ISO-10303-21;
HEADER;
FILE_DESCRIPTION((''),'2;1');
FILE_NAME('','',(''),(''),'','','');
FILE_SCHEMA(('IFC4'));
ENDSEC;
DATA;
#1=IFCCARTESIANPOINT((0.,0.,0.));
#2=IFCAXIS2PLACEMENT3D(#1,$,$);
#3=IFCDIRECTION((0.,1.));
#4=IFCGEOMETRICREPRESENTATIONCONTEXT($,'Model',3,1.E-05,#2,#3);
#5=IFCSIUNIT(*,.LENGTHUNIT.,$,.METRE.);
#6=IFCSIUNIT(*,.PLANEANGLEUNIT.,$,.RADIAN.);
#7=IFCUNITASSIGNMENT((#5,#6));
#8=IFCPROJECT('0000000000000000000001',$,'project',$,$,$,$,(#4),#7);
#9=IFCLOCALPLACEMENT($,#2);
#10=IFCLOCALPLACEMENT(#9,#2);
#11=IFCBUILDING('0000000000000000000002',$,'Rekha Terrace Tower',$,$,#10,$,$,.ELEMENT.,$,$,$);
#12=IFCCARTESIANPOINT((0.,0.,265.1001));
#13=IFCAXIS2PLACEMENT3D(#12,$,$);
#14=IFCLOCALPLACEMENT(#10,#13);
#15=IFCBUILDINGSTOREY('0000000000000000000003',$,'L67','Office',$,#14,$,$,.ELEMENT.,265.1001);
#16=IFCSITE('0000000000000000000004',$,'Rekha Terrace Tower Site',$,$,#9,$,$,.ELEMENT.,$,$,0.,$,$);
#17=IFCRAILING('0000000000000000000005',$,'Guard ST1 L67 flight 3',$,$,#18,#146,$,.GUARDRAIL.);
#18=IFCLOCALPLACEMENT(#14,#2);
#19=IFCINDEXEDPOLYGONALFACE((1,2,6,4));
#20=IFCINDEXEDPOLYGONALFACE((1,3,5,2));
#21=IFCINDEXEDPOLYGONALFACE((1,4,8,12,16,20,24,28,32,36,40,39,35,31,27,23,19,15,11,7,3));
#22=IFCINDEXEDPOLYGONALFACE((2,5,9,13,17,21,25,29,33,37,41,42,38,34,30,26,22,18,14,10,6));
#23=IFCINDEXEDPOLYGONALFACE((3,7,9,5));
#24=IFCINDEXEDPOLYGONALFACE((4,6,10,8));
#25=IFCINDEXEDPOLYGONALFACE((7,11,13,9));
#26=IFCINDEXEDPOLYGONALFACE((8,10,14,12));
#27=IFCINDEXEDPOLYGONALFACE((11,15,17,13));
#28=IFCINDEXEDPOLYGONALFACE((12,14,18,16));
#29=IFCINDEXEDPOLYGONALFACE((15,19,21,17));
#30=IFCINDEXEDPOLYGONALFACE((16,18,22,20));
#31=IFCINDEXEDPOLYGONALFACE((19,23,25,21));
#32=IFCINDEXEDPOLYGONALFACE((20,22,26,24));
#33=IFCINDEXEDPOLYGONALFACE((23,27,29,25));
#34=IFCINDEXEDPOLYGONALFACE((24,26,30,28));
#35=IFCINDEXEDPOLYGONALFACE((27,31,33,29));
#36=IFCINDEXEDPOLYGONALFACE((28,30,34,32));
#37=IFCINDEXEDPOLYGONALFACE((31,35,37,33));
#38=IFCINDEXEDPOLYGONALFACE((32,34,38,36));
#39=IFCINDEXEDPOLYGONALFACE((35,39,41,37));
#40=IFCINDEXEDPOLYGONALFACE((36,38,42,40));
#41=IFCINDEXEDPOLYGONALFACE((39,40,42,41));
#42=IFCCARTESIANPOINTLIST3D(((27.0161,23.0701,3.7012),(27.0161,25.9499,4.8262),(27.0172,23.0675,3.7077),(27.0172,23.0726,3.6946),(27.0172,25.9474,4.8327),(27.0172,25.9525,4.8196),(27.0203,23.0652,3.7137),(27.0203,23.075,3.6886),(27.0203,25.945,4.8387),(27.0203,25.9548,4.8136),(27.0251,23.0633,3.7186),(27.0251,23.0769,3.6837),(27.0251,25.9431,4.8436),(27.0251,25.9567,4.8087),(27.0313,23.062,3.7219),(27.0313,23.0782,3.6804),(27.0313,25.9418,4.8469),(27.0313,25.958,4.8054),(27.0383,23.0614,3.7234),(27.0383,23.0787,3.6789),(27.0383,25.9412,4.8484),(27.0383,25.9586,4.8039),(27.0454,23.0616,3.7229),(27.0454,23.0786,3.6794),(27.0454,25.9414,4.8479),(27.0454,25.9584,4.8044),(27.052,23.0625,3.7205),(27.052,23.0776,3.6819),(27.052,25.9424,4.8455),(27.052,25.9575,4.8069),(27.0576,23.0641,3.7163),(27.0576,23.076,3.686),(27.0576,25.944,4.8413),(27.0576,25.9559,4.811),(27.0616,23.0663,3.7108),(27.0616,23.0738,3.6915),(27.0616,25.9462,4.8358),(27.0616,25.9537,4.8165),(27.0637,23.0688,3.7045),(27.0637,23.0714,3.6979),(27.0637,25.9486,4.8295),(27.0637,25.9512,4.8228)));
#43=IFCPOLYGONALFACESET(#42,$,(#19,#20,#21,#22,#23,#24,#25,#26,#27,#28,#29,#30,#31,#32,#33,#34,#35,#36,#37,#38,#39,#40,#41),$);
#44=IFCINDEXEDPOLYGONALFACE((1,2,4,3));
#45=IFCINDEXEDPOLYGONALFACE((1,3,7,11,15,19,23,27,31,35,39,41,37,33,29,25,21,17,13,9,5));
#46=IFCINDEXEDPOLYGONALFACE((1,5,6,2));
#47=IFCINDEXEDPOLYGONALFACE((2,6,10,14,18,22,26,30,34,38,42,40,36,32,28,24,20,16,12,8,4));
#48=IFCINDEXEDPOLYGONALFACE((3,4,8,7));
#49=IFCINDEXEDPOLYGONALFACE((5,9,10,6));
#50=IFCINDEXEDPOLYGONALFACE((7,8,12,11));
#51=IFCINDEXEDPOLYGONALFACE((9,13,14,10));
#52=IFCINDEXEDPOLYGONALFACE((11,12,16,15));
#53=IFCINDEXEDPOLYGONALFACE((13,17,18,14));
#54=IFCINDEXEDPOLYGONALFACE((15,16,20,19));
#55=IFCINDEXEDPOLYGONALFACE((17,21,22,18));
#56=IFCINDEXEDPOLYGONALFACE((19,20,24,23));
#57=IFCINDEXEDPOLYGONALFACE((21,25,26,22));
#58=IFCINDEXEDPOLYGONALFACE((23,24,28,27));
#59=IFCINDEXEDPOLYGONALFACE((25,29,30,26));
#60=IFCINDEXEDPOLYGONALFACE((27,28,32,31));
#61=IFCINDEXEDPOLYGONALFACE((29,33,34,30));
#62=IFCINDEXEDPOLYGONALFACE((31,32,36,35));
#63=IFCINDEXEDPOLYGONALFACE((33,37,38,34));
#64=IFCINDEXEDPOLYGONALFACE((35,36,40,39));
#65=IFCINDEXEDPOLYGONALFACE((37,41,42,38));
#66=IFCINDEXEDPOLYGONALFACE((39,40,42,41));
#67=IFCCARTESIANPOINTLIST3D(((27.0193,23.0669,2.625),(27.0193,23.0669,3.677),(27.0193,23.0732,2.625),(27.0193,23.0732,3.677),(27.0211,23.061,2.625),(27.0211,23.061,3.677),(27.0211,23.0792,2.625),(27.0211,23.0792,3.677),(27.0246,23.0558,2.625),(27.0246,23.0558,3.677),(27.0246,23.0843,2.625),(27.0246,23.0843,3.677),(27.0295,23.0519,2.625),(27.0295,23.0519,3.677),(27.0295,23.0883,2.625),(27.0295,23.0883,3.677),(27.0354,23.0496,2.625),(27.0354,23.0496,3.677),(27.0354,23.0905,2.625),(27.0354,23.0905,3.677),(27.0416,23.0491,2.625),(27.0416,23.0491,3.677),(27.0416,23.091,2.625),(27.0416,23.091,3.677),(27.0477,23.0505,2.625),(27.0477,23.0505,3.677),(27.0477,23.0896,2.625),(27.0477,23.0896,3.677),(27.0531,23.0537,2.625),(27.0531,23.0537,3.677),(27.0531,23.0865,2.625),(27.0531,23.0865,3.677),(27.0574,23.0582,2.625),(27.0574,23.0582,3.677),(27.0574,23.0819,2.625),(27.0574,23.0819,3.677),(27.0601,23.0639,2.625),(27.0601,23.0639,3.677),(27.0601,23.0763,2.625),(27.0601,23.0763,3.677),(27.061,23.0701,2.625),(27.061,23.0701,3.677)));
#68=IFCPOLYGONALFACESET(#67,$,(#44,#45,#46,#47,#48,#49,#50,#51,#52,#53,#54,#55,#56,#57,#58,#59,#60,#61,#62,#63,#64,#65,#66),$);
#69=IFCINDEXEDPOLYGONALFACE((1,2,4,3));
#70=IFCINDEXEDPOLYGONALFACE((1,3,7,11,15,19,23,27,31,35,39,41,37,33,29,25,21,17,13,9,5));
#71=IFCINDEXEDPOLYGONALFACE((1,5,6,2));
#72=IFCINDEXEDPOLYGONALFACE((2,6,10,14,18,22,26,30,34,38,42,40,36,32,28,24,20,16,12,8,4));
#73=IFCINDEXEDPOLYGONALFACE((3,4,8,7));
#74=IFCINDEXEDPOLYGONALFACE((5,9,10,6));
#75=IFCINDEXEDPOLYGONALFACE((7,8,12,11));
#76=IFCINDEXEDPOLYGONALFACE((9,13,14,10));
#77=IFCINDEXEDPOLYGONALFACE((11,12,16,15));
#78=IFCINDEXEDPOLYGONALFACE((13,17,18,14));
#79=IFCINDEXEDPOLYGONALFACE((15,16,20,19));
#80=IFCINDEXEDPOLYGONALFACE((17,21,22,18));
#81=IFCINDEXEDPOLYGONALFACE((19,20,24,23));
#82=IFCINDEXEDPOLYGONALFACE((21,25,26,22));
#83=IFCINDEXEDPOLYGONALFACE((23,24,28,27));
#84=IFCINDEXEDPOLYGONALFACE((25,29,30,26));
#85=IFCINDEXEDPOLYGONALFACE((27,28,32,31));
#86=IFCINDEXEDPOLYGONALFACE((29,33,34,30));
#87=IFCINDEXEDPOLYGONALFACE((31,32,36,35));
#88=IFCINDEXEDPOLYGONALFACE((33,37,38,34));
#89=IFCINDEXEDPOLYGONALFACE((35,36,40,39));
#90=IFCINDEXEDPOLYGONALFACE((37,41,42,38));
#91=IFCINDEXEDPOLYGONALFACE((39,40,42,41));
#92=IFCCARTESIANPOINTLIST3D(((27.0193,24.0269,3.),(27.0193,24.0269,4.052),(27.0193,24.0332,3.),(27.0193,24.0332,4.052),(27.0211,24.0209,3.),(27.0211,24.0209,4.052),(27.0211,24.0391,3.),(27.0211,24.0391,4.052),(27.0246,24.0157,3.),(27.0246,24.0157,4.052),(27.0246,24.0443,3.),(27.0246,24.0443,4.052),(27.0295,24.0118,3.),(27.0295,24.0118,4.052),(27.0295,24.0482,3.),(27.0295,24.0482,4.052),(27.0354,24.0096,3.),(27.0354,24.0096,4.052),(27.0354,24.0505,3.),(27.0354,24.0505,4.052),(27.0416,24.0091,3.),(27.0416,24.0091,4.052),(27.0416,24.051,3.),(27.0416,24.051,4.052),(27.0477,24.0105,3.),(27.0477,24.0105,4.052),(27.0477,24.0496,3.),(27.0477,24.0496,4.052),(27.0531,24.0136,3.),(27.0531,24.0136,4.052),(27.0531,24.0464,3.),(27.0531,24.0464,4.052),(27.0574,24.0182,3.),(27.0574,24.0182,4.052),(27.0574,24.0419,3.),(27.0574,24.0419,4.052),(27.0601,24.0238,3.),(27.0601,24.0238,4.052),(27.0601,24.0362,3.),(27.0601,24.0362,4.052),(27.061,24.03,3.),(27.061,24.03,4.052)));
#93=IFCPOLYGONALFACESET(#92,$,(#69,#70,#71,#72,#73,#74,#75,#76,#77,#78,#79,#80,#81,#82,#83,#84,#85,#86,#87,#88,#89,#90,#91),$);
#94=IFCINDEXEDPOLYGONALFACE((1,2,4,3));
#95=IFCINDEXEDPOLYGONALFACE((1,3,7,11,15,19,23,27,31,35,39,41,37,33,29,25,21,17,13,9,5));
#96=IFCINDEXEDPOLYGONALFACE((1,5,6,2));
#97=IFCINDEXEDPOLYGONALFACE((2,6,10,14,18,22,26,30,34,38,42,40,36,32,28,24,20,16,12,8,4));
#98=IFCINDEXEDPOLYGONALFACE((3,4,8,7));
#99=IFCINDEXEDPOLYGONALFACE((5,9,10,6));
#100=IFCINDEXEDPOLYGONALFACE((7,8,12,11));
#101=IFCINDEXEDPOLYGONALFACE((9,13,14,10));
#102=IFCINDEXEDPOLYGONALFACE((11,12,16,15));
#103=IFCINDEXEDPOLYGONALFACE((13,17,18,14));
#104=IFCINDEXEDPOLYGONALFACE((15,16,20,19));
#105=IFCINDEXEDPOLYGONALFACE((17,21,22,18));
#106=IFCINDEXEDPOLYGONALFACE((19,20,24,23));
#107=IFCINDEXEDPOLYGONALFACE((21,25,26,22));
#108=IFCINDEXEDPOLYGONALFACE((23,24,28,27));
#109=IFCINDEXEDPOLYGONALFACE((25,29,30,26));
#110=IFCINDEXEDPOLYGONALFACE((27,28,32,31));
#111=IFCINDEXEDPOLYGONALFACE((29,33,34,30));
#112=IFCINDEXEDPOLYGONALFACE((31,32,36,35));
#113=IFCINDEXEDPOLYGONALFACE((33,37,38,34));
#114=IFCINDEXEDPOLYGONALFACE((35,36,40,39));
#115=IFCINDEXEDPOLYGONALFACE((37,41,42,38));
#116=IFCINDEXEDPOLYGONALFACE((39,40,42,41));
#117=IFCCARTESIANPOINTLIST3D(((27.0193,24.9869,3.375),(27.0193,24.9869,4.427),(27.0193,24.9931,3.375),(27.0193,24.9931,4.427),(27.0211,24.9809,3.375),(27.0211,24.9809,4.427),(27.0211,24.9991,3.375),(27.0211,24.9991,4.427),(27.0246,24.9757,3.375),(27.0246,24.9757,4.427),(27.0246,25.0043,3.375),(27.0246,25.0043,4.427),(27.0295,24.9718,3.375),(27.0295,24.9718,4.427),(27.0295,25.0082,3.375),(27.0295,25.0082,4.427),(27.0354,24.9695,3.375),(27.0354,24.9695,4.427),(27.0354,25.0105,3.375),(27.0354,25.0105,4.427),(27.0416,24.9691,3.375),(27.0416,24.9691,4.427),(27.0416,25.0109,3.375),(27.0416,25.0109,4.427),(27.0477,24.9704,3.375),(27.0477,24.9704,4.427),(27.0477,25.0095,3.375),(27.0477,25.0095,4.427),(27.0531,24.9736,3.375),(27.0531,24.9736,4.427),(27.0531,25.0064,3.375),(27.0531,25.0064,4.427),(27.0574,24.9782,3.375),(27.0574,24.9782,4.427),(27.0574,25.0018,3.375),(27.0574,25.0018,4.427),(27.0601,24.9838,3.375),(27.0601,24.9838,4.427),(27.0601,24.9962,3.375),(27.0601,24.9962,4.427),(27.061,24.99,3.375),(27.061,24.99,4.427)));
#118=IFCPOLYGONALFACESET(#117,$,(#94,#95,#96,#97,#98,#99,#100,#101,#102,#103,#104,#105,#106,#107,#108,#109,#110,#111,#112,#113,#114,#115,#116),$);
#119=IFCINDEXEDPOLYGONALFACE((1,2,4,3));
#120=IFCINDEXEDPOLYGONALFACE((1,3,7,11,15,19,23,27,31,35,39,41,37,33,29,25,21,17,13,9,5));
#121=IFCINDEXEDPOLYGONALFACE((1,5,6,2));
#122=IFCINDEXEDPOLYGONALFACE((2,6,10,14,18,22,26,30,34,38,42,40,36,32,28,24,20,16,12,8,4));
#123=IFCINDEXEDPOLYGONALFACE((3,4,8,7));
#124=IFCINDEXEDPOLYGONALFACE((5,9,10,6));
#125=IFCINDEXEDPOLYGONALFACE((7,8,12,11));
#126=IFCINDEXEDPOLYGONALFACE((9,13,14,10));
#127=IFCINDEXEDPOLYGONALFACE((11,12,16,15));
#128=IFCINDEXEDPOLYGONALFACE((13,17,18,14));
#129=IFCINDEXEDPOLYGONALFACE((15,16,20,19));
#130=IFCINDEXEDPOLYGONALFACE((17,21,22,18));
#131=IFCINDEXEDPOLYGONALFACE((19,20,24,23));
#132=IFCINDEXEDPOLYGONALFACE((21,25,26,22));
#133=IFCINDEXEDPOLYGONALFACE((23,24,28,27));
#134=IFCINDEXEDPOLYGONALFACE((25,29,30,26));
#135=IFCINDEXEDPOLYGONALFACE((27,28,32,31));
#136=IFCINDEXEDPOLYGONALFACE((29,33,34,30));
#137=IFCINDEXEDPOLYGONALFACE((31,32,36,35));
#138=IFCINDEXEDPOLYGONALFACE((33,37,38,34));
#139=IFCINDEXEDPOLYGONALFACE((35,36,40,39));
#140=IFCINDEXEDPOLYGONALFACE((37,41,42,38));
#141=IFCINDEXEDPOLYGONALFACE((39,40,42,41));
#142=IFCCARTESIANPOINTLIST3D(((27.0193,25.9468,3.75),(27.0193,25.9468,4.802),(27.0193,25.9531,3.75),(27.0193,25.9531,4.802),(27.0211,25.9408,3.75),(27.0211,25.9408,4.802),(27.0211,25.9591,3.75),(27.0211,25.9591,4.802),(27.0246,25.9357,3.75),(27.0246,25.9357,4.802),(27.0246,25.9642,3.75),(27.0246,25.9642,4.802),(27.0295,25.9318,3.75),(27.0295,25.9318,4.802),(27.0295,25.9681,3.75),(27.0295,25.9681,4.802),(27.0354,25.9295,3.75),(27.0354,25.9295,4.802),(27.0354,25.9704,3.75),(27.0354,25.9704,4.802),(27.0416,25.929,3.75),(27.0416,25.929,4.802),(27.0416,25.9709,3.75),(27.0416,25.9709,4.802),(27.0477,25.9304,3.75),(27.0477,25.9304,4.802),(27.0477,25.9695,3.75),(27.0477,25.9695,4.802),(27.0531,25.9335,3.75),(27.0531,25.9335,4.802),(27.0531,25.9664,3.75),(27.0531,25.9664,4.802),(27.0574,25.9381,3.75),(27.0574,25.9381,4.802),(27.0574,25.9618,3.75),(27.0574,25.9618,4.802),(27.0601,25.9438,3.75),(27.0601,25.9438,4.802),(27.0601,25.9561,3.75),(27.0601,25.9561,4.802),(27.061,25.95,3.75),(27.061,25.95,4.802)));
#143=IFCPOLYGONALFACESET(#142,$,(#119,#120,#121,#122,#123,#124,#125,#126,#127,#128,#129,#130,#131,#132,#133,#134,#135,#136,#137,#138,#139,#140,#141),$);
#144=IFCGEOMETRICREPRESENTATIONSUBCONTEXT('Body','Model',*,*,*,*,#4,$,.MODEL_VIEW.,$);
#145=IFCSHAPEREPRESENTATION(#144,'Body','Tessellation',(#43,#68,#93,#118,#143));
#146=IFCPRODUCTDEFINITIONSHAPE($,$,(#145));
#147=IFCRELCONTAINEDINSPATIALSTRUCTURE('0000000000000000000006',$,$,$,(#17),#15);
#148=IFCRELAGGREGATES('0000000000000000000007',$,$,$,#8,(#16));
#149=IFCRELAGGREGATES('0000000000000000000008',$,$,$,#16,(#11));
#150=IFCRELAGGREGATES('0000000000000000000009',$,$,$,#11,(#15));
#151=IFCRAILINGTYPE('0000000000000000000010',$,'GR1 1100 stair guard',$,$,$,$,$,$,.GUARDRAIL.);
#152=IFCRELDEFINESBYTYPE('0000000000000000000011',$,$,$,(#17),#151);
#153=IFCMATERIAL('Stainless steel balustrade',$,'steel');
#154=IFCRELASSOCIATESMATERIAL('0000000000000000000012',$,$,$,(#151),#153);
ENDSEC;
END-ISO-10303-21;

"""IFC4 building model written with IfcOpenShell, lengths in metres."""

from ifc_helpers import new_model, si_unit, direction, frame, origin, origin_2d, place, context, subcontext, project, spatial, circle, extrude, material, type_object, element, save


model = new_model("IFC4")

# Units and contexts
model_context = context("Model", 3, precision=1e-05, world=origin(), true_north=direction((0.0, 1.0)))
body_context = subcontext(model_context, "Body", "Model", "MODEL_VIEW")
ifc_project = project(units=[si_unit("LENGTHUNIT", "METRE"), si_unit("PLANEANGLEUNIT", "RADIAN")], contexts=[model_context])

# Site, building, storey
site_placement = place(None, origin())
site = spatial("IfcSite", under=ifc_project, at=site_placement, Name="Rekha Terrace Tower Site", CompositionType="ELEMENT", RefElevation=0.0)
building_placement = place(site_placement, origin())
building = spatial("IfcBuilding", under=site, at=building_placement, Name="Rekha Terrace Tower", CompositionType="ELEMENT")
storey_placement = place(building_placement, frame((0.0, 0.0, 265.1001)))
storey = spatial("IfcBuildingStorey", under=building, at=storey_placement, Name="L67", Description="Office", CompositionType="ELEMENT", Elevation=265.1001)

# Railing
ifc_material_1 = material(Name="Stainless steel balustrade", Category="steel")
railing_type_1 = type_object("IfcRailingType", Name="GR1 1100 stair guard", PredefinedType="GUARDRAIL", material=ifc_material_1)
railing_1_placement = place(storey_placement, frame((27.04, 23.0701, 2.625)))
element("IfcRailing", 1, at=railing_1_placement, inside=storey, type_object=railing_type_1, Name="Guard ST1 L67 flight 3", PredefinedType="GUARDRAIL", context=body_context, shape_type="SweptSolid", body=[
    extrude(circle(Radius=0.0239, at=origin_2d()), frame((0.0, 0.0, 1.0762), z_axis=(0.0, 0.931452, 0.363863), x_axis=(-1.0, 0.0, 0.0)), (0.0, 0.0, 1.0), 3.0918),
    extrude(circle(Radius=0.021, at=origin_2d()), origin(), (0.0, 0.0, 1.0), 1.052),
    extrude(circle(Radius=0.021, at=origin_2d()), frame((0.0, 0.96, 0.375)), (0.0, 0.0, 1.0), 1.052),
    extrude(circle(Radius=0.021, at=origin_2d()), frame((0.0, 1.9199, 0.75)), (0.0, 0.0, 1.0), 1.052),
    extrude(circle(Radius=0.021, at=origin_2d()), frame((0.0, 2.8799, 1.125)), (0.0, 0.0, 1.0), 1.052),
])

save(model, "model.ifc")
